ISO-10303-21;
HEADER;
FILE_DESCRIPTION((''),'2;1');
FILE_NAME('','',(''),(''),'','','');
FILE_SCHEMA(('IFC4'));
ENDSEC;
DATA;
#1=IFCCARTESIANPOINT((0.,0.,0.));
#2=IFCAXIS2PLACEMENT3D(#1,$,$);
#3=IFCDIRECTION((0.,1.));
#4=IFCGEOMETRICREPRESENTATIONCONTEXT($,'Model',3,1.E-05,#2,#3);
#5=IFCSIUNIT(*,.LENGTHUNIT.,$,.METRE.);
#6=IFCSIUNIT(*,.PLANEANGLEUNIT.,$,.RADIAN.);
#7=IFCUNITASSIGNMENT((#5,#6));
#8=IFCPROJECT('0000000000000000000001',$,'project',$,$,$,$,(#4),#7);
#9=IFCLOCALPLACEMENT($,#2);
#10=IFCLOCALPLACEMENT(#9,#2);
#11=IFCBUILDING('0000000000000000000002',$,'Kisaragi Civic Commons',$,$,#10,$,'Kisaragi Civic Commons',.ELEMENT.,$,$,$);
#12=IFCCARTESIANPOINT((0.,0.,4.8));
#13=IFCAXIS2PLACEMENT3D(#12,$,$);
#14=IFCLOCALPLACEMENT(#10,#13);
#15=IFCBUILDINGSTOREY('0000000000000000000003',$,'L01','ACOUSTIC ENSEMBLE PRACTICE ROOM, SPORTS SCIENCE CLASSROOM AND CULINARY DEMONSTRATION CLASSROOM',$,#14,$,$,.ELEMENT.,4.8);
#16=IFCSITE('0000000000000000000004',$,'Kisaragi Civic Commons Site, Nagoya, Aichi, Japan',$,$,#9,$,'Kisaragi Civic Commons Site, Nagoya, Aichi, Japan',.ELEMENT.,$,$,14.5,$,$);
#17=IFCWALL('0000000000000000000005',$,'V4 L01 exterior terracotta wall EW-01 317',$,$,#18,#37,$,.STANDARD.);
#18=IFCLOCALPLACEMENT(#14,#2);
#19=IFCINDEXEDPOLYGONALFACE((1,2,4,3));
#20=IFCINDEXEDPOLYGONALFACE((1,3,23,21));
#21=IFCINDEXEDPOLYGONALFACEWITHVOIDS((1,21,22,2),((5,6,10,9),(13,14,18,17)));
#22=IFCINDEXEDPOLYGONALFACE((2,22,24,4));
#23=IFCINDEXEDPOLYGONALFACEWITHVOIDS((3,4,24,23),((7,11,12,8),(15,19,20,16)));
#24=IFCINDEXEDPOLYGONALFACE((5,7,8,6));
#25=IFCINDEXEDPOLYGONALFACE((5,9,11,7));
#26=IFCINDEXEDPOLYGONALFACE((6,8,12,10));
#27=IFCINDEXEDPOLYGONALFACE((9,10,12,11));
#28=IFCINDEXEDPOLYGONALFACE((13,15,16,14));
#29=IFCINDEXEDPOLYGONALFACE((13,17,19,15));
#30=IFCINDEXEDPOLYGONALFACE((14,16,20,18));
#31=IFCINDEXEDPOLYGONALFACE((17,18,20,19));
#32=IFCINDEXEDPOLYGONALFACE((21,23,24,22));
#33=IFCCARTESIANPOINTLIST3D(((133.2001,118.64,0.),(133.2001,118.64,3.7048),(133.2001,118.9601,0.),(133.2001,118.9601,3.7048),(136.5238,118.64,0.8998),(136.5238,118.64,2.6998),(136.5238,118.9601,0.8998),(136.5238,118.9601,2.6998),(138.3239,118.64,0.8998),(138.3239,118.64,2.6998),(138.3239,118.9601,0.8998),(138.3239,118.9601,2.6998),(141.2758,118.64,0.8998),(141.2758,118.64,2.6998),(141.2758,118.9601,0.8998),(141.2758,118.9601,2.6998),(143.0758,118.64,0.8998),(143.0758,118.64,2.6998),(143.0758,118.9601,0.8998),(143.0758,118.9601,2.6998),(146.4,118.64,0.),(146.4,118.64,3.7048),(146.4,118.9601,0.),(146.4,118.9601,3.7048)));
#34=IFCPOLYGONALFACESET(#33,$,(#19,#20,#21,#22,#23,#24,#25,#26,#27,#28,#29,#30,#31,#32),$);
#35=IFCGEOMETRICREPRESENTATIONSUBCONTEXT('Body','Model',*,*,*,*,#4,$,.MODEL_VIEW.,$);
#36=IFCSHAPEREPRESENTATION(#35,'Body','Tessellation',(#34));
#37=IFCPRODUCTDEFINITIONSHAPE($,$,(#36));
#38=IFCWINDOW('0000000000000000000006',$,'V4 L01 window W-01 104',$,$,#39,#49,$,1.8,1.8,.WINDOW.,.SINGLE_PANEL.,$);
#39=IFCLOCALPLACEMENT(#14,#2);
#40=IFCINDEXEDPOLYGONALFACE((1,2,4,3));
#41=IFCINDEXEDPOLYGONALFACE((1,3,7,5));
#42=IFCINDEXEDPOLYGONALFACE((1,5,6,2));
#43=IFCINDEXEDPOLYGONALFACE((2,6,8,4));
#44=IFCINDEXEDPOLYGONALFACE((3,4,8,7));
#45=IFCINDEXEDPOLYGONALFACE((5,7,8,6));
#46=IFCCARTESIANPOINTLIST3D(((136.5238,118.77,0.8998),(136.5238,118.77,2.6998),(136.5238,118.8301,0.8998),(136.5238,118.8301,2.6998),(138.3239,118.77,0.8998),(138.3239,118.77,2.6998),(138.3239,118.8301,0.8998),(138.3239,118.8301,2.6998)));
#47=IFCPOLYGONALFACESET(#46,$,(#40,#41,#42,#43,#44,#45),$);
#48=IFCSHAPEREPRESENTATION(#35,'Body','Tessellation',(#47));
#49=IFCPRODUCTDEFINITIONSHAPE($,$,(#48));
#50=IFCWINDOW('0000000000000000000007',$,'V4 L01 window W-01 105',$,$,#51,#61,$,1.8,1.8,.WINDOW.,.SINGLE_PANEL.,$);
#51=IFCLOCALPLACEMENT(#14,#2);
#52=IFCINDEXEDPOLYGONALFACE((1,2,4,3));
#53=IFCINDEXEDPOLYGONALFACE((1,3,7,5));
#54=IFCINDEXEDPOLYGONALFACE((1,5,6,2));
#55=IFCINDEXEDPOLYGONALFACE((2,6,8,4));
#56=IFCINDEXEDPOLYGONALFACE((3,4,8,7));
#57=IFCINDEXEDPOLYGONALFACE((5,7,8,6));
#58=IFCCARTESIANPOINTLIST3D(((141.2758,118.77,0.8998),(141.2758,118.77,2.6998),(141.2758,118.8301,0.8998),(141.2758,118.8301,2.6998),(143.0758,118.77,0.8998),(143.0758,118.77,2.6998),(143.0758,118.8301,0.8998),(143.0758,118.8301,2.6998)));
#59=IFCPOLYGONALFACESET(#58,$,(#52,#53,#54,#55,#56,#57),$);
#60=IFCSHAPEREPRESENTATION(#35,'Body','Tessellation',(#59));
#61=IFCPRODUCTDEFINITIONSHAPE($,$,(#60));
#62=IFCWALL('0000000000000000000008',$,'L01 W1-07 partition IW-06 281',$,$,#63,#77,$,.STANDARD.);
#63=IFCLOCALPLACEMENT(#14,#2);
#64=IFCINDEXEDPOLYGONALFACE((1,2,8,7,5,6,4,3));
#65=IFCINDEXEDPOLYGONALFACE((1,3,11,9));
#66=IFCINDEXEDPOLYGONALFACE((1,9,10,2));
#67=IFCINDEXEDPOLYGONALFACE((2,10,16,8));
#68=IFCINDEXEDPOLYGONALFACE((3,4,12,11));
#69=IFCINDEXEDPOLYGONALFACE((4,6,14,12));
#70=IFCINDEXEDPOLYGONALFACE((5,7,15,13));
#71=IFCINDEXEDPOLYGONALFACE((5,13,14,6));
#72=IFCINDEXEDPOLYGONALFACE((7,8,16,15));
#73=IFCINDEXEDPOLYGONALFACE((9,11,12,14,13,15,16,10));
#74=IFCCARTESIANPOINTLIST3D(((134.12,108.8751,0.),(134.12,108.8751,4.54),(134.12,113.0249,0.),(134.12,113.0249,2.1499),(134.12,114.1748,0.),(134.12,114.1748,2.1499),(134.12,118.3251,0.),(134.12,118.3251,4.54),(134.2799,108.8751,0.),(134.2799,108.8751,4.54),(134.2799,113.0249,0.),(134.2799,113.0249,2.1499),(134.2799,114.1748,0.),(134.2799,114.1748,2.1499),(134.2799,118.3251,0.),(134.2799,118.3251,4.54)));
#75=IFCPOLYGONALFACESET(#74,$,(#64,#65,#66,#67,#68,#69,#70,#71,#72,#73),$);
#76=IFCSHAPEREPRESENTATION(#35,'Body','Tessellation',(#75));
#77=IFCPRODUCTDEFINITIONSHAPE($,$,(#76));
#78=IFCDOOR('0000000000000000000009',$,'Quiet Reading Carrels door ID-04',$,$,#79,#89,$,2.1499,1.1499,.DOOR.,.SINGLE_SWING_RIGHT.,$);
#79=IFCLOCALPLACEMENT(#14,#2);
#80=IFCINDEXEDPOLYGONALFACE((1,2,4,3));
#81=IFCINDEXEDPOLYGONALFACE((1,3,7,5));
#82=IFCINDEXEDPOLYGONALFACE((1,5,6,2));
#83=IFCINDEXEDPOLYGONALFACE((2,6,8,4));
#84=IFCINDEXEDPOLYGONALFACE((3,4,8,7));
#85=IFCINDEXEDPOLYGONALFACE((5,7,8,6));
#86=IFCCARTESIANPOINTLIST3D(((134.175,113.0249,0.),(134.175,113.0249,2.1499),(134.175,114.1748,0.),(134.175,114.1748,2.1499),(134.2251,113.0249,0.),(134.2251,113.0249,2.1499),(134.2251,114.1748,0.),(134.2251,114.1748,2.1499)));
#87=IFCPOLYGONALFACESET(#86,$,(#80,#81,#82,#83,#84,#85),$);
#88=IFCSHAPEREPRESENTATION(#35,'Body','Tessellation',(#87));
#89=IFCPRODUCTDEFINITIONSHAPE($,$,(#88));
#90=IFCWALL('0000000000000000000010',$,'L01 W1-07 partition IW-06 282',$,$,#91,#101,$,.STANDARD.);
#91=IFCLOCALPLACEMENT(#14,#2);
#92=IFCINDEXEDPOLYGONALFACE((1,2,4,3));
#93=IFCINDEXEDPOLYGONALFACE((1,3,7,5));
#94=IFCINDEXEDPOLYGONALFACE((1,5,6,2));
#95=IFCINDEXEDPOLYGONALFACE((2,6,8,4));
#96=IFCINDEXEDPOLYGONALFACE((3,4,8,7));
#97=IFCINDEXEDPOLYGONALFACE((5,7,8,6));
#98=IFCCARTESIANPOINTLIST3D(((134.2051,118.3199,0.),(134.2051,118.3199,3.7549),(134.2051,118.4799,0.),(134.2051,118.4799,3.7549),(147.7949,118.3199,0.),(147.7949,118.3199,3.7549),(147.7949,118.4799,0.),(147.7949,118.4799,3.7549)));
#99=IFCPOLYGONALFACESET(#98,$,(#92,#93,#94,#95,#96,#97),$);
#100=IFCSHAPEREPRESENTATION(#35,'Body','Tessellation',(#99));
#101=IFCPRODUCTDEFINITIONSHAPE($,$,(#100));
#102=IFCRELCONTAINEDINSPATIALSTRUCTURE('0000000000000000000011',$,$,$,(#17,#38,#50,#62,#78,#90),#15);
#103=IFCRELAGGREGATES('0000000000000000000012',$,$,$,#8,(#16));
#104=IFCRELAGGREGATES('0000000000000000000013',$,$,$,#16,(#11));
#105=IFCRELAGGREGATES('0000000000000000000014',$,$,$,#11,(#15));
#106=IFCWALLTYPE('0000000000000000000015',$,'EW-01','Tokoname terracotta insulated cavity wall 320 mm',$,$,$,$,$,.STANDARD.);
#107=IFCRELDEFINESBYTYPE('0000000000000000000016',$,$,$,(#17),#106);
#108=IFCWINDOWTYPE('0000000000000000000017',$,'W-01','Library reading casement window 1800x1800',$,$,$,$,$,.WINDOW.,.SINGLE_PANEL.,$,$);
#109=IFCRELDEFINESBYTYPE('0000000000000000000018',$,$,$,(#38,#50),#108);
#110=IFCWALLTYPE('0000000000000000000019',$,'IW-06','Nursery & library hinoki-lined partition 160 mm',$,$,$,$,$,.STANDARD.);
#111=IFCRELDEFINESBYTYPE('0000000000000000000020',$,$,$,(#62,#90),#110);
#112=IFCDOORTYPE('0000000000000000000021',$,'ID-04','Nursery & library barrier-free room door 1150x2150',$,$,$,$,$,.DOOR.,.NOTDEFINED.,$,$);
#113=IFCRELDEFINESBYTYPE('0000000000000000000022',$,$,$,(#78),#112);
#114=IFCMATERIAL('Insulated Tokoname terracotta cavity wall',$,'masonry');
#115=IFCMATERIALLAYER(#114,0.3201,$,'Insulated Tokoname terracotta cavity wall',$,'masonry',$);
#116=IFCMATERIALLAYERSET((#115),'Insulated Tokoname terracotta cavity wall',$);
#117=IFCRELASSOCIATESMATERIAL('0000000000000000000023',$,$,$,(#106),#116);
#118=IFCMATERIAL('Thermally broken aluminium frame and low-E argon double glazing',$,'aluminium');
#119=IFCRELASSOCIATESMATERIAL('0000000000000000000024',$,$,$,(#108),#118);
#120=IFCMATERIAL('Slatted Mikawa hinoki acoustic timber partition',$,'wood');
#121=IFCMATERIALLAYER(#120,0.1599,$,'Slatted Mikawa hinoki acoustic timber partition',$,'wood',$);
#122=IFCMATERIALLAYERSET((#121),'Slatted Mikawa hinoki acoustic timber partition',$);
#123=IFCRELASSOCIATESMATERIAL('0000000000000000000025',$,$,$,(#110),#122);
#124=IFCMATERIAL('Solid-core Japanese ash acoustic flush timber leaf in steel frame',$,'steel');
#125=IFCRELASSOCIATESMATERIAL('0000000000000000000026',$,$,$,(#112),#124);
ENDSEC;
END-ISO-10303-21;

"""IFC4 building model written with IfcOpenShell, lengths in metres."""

from ifc_helpers import new_model, si_unit, direction, frame, frame_2d, origin, place, context, subcontext, project, spatial, rectangle, extrude, material, layer, layer_set, type_object, element, fill, save


model = new_model("IFC4")

# Units and contexts
model_context = context("Model", 3, precision=1e-05, world=origin(), true_north=direction((0.0, 1.0)))
body_context = subcontext(model_context, "Body", "Model", "MODEL_VIEW")
ifc_project = project(units=[si_unit("LENGTHUNIT", "METRE"), si_unit("PLANEANGLEUNIT", "RADIAN")], contexts=[model_context])

# Site, building, storey
site_placement = place(None, origin())
site = spatial("IfcSite", under=ifc_project, at=site_placement, Name="Kisaragi Civic Commons Site, Nagoya, Aichi, Japan", LongName="Kisaragi Civic Commons Site, Nagoya, Aichi, Japan", CompositionType="ELEMENT", RefElevation=14.5)
building_placement = place(site_placement, origin())
building = spatial("IfcBuilding", under=site, at=building_placement, Name="Kisaragi Civic Commons", LongName="Kisaragi Civic Commons", CompositionType="ELEMENT")
storey_placement = place(building_placement, frame((0.0, 0.0, 4.8)))
storey = spatial("IfcBuildingStorey", under=building, at=storey_placement, Name="L01", Description="ACOUSTIC ENSEMBLE PRACTICE ROOM, SPORTS SCIENCE CLASSROOM AND CULINARY DEMONSTRATION CLASSROOM", CompositionType="ELEMENT", Elevation=4.8)

# Wall, openings, windows
ifc_material_1 = material(Name="Insulated Tokoname terracotta cavity wall", Category="masonry")
ifc_layer_1 = layer(ifc_material_1, 0.3201, Name="Insulated Tokoname terracotta cavity wall", Category="masonry")
ifc_layer_set_1 = layer_set([ifc_layer_1], Name="Insulated Tokoname terracotta cavity wall")
wall_type_1 = type_object("IfcWallType", Name="EW-01", Description="Tokoname terracotta insulated cavity wall 320 mm", PredefinedType="STANDARD", material=ifc_layer_set_1)
wall_1_placement = place(storey_placement, frame((133.2, 118.8, 0.0), z_axis=(0.0, 0.0, 1.0), x_axis=(1.0, 0.0, 0.0)))
wall_1 = element("IfcWall", 1, at=wall_1_placement, inside=storey, type_object=wall_type_1, Name="V4 L01 exterior terracotta wall EW-01 317", PredefinedType="STANDARD", context=body_context, shape_type="SweptSolid", body=[
    extrude(rectangle(XDim=13.2, YDim=0.3201, at=frame_2d((6.6001, 0.0))), origin(), (0.0, 0.0, 1.0), 3.7048),
])
opening_1_placement = place(wall_1_placement, frame((3.324, 0.0, 0.8999)))
opening_1 = element("IfcOpeningElement", 2, at=opening_1_placement, cuts=wall_1, PredefinedType="OPENING", context=body_context, shape_type="SweptSolid", body=[
    extrude(rectangle(XDim=1.8, YDim=1.8, at=frame_2d((0.8999, 0.8999))), frame((0.0, 0.1699, 0.0), z_axis=(0.0, -1.0, 0.0), x_axis=(1.0, 0.0, 0.0)), (0.0, 0.0, 1.0), 0.3401),
])
opening_2_placement = place(wall_1_placement, frame((8.0759, 0.0, 0.8999)))
opening_2 = element("IfcOpeningElement", 3, at=opening_2_placement, cuts=wall_1, PredefinedType="OPENING", context=body_context, shape_type="SweptSolid", body=[
    extrude(rectangle(XDim=1.8, YDim=1.8, at=frame_2d((0.8999, 0.8999))), frame((0.0, 0.1699, 0.0), z_axis=(0.0, -1.0, 0.0), x_axis=(1.0, 0.0, 0.0)), (0.0, 0.0, 1.0), 0.3401),
])
ifc_material_2 = material(Name="Thermally broken aluminium frame and low-E argon double glazing", Category="aluminium")
window_type = type_object("IfcWindowType", Name="W-01", Description="Library reading casement window 1800x1800", PartitioningType="SINGLE_PANEL", PredefinedType="WINDOW", material=ifc_material_2)
window_1_placement = place(opening_1_placement, origin())
window_1 = element("IfcWindow", 4, at=window_1_placement, inside=storey, type_object=window_type, Name="V4 L01 window W-01 104", OverallHeight=1.8, OverallWidth=1.8, PartitioningType="SINGLE_PANEL", PredefinedType="WINDOW", context=body_context, shape_type="SweptSolid", body=[
    extrude(rectangle(XDim=1.8, YDim=1.8, at=frame_2d((0.8999, 0.8999))), frame((0.0, 0.03, 0.0), z_axis=(0.0, -1.0, 0.0), x_axis=(1.0, 0.0, 0.0)), (0.0, 0.0, 1.0), 0.0601),
])
fill(opening_1, window_1)
window_2_placement = place(opening_2_placement, origin())
window_2 = element("IfcWindow", 5, at=window_2_placement, inside=storey, type_object=window_type, Name="V4 L01 window W-01 105", OverallHeight=1.8, OverallWidth=1.8, PartitioningType="SINGLE_PANEL", PredefinedType="WINDOW", context=body_context, shape_type="SweptSolid", body=[
    extrude(rectangle(XDim=1.8, YDim=1.8, at=frame_2d((0.8999, 0.8999))), frame((0.0, 0.03, 0.0), z_axis=(0.0, -1.0, 0.0), x_axis=(1.0, 0.0, 0.0)), (0.0, 0.0, 1.0), 0.0601),
])
fill(opening_2, window_2)

# Wall, opening, door
ifc_material_3 = material(Name="Slatted Mikawa hinoki acoustic timber partition", Category="wood")
ifc_layer_2 = layer(ifc_material_3, 0.1599, Name="Slatted Mikawa hinoki acoustic timber partition", Category="wood")
ifc_layer_set_2 = layer_set([ifc_layer_2], Name="Slatted Mikawa hinoki acoustic timber partition")
wall_type_2 = type_object("IfcWallType", Name="IW-06", Description="Nursery & library hinoki-lined partition 160 mm", PredefinedType="STANDARD", material=ifc_layer_set_2)
wall_2_placement = place(storey_placement, frame((134.2, 108.875, 0.0), z_axis=(0.0, 0.0, 1.0), x_axis=(0.0, 1.0, 0.0)))
wall_2 = element("IfcWall", 6, at=wall_2_placement, inside=storey, type_object=wall_type_2, Name="L01 W1-07 partition IW-06 281", PredefinedType="STANDARD", context=body_context, shape_type="SweptSolid", body=[
    extrude(rectangle(XDim=9.45, YDim=0.1599, at=frame_2d((4.7251, 0.0))), origin(), (0.0, 0.0, 1.0), 4.54),
])
opening_3_placement = place(wall_2_placement, frame((4.1499, 0.0, 0.0)))
opening_3 = element("IfcOpeningElement", 7, at=opening_3_placement, cuts=wall_2, PredefinedType="OPENING", context=body_context, shape_type="SweptSolid", body=[
    extrude(rectangle(XDim=1.1499, YDim=2.1499, at=frame_2d((0.575, 1.075))), frame((0.0, 0.0898, 0.0), z_axis=(0.0, -1.0, 0.0), x_axis=(1.0, 0.0, 0.0)), (0.0, 0.0, 1.0), 0.1799),
])
ifc_material_4 = material(Name="Solid-core Japanese ash acoustic flush timber leaf in steel frame", Category="steel")
door_type = type_object("IfcDoorType", Name="ID-04", Description="Nursery & library barrier-free room door 1150x2150", OperationType="NOTDEFINED", PredefinedType="DOOR", material=ifc_material_4)
door_placement = place(opening_3_placement, origin())
door = element("IfcDoor", 8, at=door_placement, inside=storey, type_object=door_type, Name="Quiet Reading Carrels door ID-04", OperationType="SINGLE_SWING_RIGHT", OverallHeight=2.1499, OverallWidth=1.1499, PredefinedType="DOOR", context=body_context, shape_type="SweptSolid", body=[
    extrude(rectangle(XDim=1.1499, YDim=2.1499, at=frame_2d((0.575, 1.075))), frame((0.0, 0.0249, 0.0), z_axis=(0.0, -1.0, 0.0), x_axis=(1.0, 0.0, 0.0)), (0.0, 0.0, 1.0), 0.05),
])
fill(opening_3, door)

# Wall
wall_3_placement = place(storey_placement, frame((134.2051, 118.3999, 0.0), z_axis=(0.0, 0.0, 1.0), x_axis=(1.0, 0.0, 0.0)))
element("IfcWall", 9, at=wall_3_placement, inside=storey, type_object=wall_type_2, Name="L01 W1-07 partition IW-06 282", PredefinedType="STANDARD", context=body_context, shape_type="SweptSolid", body=[
    extrude(rectangle(XDim=13.5898, YDim=0.1599, at=frame_2d((6.7949, 0.0))), origin(), (0.0, 0.0, 1.0), 3.7549),
])

save(model, "model.ifc")
